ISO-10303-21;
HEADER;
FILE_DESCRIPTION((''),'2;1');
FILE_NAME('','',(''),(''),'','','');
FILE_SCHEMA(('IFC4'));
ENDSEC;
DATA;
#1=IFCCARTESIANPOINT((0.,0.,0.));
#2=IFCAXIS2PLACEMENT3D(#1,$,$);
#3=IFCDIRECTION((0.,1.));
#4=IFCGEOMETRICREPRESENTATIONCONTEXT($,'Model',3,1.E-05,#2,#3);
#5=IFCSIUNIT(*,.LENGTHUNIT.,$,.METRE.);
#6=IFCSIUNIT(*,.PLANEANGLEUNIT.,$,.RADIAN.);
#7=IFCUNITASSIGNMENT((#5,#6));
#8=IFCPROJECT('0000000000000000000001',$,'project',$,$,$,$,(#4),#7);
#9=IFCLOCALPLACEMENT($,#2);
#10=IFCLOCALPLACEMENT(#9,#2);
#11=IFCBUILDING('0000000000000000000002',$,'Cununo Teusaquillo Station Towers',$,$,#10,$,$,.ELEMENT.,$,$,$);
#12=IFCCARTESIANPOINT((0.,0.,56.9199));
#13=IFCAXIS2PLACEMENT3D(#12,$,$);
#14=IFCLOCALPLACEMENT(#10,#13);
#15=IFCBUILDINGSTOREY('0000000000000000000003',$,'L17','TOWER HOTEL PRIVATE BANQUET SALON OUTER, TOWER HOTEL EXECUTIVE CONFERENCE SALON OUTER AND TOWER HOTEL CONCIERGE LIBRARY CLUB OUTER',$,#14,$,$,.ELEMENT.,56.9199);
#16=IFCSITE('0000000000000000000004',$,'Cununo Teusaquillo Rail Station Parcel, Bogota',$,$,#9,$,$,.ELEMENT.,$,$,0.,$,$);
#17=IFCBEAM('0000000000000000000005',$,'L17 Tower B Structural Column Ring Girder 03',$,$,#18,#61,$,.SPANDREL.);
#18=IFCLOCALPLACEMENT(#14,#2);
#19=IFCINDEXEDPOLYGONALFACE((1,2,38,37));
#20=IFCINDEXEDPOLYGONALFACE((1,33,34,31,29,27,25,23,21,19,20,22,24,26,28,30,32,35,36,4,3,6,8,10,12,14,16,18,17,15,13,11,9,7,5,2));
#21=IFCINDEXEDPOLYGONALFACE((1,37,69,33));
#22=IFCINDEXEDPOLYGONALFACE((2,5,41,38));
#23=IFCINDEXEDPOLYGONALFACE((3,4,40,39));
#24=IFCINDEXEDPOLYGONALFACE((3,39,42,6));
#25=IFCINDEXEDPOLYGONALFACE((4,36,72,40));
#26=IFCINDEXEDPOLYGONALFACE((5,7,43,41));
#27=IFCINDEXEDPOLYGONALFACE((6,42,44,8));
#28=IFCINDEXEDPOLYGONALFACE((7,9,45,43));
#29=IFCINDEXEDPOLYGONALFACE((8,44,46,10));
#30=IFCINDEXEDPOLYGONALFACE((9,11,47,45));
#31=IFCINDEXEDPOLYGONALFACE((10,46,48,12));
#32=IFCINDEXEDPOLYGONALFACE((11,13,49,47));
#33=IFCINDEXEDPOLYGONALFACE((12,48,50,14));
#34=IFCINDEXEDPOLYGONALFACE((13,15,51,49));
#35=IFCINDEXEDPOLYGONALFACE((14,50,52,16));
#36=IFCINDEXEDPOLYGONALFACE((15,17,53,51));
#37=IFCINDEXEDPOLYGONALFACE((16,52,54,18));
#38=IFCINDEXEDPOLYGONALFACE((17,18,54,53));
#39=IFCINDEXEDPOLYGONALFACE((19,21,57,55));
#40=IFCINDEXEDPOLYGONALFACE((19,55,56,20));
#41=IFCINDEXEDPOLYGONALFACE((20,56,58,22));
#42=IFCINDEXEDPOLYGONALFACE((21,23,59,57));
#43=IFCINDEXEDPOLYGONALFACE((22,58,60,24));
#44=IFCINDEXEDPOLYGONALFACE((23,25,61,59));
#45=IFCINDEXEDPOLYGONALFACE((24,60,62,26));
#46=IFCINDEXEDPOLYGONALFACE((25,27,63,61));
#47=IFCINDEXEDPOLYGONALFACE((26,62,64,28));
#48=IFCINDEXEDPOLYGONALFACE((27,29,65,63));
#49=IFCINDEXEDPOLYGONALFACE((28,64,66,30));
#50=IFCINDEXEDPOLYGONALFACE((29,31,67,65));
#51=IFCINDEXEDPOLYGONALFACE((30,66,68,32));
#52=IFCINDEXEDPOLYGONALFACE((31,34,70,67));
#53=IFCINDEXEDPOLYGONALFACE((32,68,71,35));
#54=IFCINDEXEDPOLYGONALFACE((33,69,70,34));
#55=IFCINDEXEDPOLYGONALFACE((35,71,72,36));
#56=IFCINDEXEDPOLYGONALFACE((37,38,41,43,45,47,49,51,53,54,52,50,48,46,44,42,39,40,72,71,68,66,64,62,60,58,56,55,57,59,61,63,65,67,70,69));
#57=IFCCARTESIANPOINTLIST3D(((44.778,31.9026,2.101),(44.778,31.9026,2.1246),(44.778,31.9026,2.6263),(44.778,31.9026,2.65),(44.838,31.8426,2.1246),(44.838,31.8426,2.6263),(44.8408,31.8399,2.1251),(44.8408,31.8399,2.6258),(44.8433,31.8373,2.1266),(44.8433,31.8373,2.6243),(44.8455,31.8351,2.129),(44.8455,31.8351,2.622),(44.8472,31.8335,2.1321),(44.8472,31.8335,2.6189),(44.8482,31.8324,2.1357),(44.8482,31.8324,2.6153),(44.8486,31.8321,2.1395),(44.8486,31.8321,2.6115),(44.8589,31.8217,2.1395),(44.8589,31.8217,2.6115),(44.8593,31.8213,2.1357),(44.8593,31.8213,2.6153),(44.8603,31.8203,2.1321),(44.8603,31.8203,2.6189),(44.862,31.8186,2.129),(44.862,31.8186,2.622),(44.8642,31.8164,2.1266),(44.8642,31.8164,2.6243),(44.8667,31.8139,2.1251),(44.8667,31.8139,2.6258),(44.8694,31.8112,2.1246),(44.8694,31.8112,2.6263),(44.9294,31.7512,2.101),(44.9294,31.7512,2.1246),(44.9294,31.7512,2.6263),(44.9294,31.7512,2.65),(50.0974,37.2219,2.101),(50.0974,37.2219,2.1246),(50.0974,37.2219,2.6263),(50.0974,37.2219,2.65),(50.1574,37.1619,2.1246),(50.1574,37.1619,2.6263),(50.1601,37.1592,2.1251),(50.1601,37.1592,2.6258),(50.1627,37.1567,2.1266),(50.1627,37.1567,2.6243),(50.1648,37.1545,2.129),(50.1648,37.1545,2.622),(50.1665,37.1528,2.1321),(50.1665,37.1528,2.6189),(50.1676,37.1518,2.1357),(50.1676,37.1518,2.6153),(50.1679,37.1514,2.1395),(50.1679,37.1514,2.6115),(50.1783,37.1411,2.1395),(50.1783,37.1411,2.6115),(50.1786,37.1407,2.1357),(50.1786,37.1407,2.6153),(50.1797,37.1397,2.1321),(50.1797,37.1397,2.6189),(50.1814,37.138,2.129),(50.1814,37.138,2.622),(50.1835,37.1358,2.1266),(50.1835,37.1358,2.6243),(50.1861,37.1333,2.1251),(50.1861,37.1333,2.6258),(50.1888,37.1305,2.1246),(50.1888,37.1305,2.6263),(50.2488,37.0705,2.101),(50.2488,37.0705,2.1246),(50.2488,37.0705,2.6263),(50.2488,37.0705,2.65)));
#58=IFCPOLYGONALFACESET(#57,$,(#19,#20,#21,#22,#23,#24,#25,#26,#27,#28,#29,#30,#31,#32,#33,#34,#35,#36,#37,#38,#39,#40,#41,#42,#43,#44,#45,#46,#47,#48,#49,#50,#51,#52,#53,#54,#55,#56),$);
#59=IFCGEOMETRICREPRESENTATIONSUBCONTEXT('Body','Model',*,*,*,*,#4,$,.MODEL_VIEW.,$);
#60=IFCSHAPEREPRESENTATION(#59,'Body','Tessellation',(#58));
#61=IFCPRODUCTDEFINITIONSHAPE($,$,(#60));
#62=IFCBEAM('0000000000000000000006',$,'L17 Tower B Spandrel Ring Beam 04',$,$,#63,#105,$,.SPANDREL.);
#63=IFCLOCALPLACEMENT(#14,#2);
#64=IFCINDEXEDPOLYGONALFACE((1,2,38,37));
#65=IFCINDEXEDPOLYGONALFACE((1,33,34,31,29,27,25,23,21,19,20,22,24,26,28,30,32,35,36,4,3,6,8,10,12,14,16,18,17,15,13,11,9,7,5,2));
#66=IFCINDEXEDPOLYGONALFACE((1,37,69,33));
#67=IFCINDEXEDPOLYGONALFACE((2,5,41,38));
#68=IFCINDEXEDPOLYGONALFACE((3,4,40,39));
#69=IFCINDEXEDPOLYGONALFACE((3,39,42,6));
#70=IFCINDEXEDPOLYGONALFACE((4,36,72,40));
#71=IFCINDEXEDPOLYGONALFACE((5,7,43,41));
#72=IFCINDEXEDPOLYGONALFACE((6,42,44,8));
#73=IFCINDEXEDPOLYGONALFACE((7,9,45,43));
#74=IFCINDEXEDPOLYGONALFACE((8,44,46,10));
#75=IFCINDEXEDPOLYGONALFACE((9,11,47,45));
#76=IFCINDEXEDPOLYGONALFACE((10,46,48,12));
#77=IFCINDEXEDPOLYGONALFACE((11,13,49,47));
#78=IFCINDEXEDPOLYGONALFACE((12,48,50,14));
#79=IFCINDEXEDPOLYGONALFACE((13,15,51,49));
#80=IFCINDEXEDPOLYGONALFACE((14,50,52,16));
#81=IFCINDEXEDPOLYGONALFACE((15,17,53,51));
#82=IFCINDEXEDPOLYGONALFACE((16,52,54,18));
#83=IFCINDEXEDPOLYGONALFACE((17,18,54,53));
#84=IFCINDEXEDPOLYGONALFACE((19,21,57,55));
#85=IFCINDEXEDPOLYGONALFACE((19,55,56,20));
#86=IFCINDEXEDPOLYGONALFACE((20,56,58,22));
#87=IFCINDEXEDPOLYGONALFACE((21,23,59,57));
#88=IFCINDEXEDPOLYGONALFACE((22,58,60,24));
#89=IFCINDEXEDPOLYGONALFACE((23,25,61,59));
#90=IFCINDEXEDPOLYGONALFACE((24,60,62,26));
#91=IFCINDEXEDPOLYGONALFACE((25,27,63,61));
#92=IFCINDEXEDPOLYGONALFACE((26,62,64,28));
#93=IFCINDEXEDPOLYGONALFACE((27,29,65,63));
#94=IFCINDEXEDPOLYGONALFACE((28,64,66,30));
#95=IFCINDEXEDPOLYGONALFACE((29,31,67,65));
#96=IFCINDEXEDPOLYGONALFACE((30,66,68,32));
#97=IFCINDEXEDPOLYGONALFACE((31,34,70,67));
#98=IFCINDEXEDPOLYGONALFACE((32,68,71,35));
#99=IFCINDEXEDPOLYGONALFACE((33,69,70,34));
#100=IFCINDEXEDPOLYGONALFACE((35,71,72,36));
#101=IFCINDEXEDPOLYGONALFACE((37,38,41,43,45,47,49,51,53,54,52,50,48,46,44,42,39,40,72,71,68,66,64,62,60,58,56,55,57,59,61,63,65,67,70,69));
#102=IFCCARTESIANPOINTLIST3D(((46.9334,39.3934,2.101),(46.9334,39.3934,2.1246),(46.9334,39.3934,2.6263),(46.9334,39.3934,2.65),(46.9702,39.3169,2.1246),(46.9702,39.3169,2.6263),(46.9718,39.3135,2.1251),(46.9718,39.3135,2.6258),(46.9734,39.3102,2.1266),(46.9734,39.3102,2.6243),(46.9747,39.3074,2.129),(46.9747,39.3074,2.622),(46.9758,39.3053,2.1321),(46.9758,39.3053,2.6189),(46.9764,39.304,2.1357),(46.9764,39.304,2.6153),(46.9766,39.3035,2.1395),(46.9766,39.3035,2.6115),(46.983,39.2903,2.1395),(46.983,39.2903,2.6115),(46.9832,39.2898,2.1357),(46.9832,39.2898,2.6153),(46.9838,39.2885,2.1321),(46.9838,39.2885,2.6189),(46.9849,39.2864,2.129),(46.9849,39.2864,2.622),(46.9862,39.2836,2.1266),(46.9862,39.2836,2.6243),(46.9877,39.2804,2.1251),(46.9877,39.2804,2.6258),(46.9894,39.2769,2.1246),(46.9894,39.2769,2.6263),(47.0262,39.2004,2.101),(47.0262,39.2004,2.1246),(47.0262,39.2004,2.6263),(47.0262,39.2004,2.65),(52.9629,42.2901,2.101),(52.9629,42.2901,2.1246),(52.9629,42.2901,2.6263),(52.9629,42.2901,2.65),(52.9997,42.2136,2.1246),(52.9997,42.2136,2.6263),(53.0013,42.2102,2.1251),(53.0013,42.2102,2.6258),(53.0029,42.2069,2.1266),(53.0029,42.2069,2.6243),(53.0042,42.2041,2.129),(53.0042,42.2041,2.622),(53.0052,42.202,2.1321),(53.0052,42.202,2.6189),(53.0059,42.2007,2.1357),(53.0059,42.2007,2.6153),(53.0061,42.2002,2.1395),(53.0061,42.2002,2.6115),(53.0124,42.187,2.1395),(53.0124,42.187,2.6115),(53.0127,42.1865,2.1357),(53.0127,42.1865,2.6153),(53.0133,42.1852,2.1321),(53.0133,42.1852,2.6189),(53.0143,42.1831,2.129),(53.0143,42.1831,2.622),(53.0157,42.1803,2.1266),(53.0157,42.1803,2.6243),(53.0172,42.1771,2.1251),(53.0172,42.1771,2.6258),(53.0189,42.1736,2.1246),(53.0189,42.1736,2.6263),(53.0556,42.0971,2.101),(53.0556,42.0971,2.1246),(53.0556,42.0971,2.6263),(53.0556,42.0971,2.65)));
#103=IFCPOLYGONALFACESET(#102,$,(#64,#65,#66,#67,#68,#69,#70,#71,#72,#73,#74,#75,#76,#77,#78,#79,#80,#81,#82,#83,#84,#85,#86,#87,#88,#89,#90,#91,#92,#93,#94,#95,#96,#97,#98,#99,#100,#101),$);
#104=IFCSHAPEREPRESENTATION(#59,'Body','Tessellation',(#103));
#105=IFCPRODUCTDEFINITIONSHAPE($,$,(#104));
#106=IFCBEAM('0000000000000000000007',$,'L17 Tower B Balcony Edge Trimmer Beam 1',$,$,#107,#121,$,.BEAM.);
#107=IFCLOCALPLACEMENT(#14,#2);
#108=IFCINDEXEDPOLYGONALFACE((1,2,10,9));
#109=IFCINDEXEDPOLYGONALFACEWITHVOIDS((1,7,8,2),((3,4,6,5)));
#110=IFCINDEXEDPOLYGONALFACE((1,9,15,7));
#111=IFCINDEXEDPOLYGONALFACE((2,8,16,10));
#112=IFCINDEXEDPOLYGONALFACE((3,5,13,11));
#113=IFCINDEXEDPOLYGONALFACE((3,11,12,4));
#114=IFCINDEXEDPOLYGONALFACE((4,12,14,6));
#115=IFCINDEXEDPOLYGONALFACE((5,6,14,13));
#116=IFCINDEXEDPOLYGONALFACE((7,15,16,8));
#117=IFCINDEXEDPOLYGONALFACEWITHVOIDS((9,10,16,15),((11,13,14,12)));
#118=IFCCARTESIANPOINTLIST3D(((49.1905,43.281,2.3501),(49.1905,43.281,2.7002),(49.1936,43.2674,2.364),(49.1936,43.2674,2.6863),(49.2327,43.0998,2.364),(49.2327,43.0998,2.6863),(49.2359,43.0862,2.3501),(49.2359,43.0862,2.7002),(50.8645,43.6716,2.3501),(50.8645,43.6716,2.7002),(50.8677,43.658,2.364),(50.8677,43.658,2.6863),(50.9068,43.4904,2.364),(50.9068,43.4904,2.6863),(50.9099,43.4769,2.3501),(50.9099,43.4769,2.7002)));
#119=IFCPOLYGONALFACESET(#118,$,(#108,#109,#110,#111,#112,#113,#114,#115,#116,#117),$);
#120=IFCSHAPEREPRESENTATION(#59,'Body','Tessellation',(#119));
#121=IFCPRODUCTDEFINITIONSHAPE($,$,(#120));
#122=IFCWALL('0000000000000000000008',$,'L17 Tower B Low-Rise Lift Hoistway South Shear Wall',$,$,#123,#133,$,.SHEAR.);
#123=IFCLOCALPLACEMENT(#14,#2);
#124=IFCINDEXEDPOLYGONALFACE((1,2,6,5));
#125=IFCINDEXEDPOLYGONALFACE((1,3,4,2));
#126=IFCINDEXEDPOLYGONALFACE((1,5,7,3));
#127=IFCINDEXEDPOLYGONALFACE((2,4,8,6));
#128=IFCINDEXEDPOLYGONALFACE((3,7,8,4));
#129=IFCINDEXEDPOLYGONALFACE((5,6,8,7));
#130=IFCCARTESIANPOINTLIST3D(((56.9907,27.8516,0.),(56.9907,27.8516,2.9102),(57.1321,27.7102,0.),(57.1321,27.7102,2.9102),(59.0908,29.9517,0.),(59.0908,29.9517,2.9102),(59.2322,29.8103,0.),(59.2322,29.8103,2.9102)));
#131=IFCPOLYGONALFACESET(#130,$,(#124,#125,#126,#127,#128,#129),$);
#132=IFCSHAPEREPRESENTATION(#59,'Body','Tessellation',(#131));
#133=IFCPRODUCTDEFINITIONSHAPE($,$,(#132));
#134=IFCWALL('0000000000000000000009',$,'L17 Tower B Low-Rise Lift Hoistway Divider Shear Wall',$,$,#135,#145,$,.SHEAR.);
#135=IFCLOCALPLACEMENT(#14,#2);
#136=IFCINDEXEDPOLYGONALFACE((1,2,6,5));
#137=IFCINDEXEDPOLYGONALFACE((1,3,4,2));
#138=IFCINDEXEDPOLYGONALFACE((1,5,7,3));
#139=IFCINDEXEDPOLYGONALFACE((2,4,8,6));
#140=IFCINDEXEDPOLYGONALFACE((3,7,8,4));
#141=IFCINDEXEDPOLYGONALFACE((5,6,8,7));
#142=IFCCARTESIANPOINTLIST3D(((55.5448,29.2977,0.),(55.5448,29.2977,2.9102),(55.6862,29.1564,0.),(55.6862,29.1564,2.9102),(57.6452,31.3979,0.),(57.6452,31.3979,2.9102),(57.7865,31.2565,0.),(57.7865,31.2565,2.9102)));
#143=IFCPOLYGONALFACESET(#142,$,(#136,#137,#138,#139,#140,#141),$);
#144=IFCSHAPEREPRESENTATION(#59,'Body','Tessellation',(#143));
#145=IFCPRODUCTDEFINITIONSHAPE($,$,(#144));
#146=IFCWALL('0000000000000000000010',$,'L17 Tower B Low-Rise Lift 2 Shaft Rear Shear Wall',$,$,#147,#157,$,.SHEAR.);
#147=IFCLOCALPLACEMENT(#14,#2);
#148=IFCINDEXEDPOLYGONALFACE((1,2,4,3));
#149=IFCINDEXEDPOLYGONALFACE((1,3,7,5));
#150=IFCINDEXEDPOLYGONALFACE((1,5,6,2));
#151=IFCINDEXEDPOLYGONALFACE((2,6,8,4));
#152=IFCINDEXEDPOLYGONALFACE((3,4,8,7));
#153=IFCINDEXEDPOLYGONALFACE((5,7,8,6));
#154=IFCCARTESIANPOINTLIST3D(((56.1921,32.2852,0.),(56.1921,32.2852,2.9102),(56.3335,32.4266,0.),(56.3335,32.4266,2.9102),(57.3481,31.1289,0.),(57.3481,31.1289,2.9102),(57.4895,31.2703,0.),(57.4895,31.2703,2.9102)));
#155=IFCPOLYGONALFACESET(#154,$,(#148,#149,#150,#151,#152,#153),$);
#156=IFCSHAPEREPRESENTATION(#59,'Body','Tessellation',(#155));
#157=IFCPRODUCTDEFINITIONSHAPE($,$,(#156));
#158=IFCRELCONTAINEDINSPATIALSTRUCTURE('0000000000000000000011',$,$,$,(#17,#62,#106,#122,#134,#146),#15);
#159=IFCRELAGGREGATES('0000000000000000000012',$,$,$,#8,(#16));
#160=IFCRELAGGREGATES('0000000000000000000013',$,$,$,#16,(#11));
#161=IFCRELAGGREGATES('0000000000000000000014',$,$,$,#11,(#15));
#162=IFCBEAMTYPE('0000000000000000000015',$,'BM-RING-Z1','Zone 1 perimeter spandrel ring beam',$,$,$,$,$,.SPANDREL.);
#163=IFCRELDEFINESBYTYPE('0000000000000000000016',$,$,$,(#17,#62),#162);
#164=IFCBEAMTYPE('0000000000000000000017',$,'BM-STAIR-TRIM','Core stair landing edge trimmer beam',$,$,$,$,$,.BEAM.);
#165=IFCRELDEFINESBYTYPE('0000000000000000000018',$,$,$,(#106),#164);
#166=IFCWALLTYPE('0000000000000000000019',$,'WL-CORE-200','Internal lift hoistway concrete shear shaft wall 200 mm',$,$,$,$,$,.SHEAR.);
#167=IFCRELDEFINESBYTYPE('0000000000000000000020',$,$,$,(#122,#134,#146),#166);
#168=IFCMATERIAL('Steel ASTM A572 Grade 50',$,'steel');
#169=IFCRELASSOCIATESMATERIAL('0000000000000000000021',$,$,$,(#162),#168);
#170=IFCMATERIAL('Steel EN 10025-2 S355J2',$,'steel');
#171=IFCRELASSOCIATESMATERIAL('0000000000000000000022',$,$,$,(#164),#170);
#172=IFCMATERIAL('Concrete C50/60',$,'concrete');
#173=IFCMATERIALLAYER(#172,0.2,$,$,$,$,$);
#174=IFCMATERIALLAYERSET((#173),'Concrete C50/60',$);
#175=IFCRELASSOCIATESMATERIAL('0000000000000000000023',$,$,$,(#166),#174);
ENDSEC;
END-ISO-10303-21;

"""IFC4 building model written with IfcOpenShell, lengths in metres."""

from ifc_helpers import new_model, si_unit, direction, frame, frame_2d, origin, origin_2d, place, context, subcontext, project, spatial, rectangle, hollow_rectangle, i_section, extrude, material, layer, layer_set, material_profile, profile_set, type_object, element, save


model = new_model("IFC4")

# Units and contexts
model_context = context("Model", 3, precision=1e-05, world=origin(), true_north=direction((0.0, 1.0)))
body_context = subcontext(model_context, "Body", "Model", "MODEL_VIEW")
ifc_project = project(units=[si_unit("LENGTHUNIT", "METRE"), si_unit("PLANEANGLEUNIT", "RADIAN")], contexts=[model_context])

# Site, building, storey
site_placement = place(None, origin())
site = spatial("IfcSite", under=ifc_project, at=site_placement, Name="Cununo Teusaquillo Rail Station Parcel, Bogota", CompositionType="ELEMENT", RefElevation=0.0)
building_placement = place(site_placement, origin())
building = spatial("IfcBuilding", under=site, at=building_placement, Name="Cununo Teusaquillo Station Towers", CompositionType="ELEMENT")
storey_placement = place(building_placement, frame((0.0, 0.0, 56.9199)))
storey = spatial("IfcBuildingStorey", under=building, at=storey_placement, Name="L17", Description="TOWER HOTEL PRIVATE BANQUET SALON OUTER, TOWER HOTEL EXECUTIVE CONFERENCE SALON OUTER AND TOWER HOTEL CONCIERGE LIBRARY CLUB OUTER", CompositionType="ELEMENT", Elevation=56.9199)

# Beams
ifc_material_1 = material(Name="Steel ASTM A572 Grade 50", Category="steel")
ifc_material_profile_1 = material_profile(ifc_material_1, i_section(OverallWidth=0.2141, OverallDepth=0.5491, WebThickness=0.0146, FlangeThickness=0.0237, FilletRadius=0.0149, at=origin_2d()), Name="W21X93")
ifc_profile_set_1 = profile_set([ifc_material_profile_1], Name="Steel ASTM A572 Grade 50")
beam_type_1 = type_object("IfcBeamType", Name="BM-RING-Z1", Description="Zone 1 perimeter spandrel ring beam", PredefinedType="SPANDREL", material=ifc_profile_set_1)
beam_1_placement = place(storey_placement, frame((50.1731, 37.1462, 2.3755), z_axis=(-0.707107, -0.707107, 0.0), x_axis=(0.707107, -0.707107, 0.0)))
element("IfcBeam", 1, at=beam_1_placement, inside=storey, type_object=beam_type_1, Name="L17 Tower B Structural Column Ring Girder 03", PredefinedType="SPANDREL", context=body_context, shape_type="SweptSolid", body=[
    extrude(i_section(OverallWidth=0.2141, OverallDepth=0.5491, WebThickness=0.0146, FlangeThickness=0.0237, FilletRadius=0.0149, at=origin_2d()), origin(), (0.0, 0.0, 1.0), 7.5227),
])
beam_2_placement = place(storey_placement, frame((53.0093, 42.1936, 2.3755), z_axis=(-0.901374, -0.433041, 0.0), x_axis=(0.433041, -0.901374, 0.0)))
element("IfcBeam", 2, at=beam_2_placement, inside=storey, type_object=beam_type_1, Name="L17 Tower B Spandrel Ring Beam 04", PredefinedType="SPANDREL", context=body_context, shape_type="SweptSolid", body=[
    extrude(i_section(OverallWidth=0.2141, OverallDepth=0.5491, WebThickness=0.0146, FlangeThickness=0.0237, FilletRadius=0.0149, at=origin_2d()), origin(), (0.0, 0.0, 1.0), 6.6892),
])
ifc_material_2 = material(Name="Steel EN 10025-2 S355J2", Category="steel")
ifc_material_profile_2 = material_profile(ifc_material_2, hollow_rectangle(XDim=0.2, YDim=0.3501, WallThickness=0.0139, at=origin_2d()), Name="RHS 350x200x14")
ifc_profile_set_2 = profile_set([ifc_material_profile_2], Name="Steel EN 10025-2 S355J2")
beam_type_2 = type_object("IfcBeamType", Name="BM-STAIR-TRIM", Description="Core stair landing edge trimmer beam", PredefinedType="BEAM", material=ifc_profile_set_2)
beam_3_placement = place(storey_placement, frame((50.8872, 43.5742, 2.5251), z_axis=(-0.97384, -0.227234, 0.0), x_axis=(0.227234, -0.97384, 0.0)))
element("IfcBeam", 3, at=beam_3_placement, inside=storey, type_object=beam_type_2, Name="L17 Tower B Balcony Edge Trimmer Beam 1", PredefinedType="BEAM", context=body_context, shape_type="SweptSolid", body=[
    extrude(hollow_rectangle(XDim=0.2, YDim=0.3501, WallThickness=0.0139, at=origin_2d()), origin(), (0.0, 0.0, 1.0), 1.719),
])

# Walls
ifc_material_3 = material(Name="Concrete C50/60", Category="concrete")
ifc_layer_1 = layer(ifc_material_3, 0.2)
ifc_layer_set_1 = layer_set([ifc_layer_1], Name="Concrete C50/60")
wall_type_1 = type_object("IfcWallType", Name="WL-CORE-200", Description="Internal lift hoistway concrete shear shaft wall 200 mm", PredefinedType="SHEAR", material=ifc_layer_set_1)
wall_1_placement = place(storey_placement, frame((57.0615, 27.781, 0.0), z_axis=(0.0, 0.0, 1.0), x_axis=(0.707107, 0.707107, 0.0)))
element("IfcWall", 4, at=wall_1_placement, inside=storey, type_object=wall_type_1, Name="L17 Tower B Low-Rise Lift Hoistway South Shear Wall", PredefinedType="SHEAR", context=body_context, shape_type="SweptSolid", body=[
    extrude(rectangle(XDim=2.97, YDim=0.2, at=frame_2d((1.4849, 0.0))), origin(), (0.0, 0.0, 1.0), 2.9102),
])
wall_2_placement = place(storey_placement, frame((55.6155, 29.2271, 0.0), z_axis=(0.0, 0.0, 1.0), x_axis=(0.707148, 0.707066, 0.0)))
element("IfcWall", 5, at=wall_2_placement, inside=storey, type_object=wall_type_1, Name="L17 Tower B Low-Rise Lift Hoistway Divider Shear Wall", PredefinedType="SHEAR", context=body_context, shape_type="SweptSolid", body=[
    extrude(rectangle(XDim=2.9702, YDim=0.2, at=frame_2d((1.4851, 0.0))), origin(), (0.0, 0.0, 1.0), 2.9102),
])
wall_3_placement = place(storey_placement, frame((57.4187, 31.1997, 0.0), z_axis=(0.0, 0.0, 1.0), x_axis=(-0.707032, 0.707181, 0.0)))
element("IfcWall", 6, at=wall_3_placement, inside=storey, type_object=wall_type_1, Name="L17 Tower B Low-Rise Lift 2 Shaft Rear Shear Wall", PredefinedType="SHEAR", context=body_context, shape_type="SweptSolid", body=[
    extrude(rectangle(XDim=1.635, YDim=0.2, at=frame_2d((0.8174, 0.0))), origin(), (0.0, 0.0, 1.0), 2.9102),
])

save(model, "model.ifc")
